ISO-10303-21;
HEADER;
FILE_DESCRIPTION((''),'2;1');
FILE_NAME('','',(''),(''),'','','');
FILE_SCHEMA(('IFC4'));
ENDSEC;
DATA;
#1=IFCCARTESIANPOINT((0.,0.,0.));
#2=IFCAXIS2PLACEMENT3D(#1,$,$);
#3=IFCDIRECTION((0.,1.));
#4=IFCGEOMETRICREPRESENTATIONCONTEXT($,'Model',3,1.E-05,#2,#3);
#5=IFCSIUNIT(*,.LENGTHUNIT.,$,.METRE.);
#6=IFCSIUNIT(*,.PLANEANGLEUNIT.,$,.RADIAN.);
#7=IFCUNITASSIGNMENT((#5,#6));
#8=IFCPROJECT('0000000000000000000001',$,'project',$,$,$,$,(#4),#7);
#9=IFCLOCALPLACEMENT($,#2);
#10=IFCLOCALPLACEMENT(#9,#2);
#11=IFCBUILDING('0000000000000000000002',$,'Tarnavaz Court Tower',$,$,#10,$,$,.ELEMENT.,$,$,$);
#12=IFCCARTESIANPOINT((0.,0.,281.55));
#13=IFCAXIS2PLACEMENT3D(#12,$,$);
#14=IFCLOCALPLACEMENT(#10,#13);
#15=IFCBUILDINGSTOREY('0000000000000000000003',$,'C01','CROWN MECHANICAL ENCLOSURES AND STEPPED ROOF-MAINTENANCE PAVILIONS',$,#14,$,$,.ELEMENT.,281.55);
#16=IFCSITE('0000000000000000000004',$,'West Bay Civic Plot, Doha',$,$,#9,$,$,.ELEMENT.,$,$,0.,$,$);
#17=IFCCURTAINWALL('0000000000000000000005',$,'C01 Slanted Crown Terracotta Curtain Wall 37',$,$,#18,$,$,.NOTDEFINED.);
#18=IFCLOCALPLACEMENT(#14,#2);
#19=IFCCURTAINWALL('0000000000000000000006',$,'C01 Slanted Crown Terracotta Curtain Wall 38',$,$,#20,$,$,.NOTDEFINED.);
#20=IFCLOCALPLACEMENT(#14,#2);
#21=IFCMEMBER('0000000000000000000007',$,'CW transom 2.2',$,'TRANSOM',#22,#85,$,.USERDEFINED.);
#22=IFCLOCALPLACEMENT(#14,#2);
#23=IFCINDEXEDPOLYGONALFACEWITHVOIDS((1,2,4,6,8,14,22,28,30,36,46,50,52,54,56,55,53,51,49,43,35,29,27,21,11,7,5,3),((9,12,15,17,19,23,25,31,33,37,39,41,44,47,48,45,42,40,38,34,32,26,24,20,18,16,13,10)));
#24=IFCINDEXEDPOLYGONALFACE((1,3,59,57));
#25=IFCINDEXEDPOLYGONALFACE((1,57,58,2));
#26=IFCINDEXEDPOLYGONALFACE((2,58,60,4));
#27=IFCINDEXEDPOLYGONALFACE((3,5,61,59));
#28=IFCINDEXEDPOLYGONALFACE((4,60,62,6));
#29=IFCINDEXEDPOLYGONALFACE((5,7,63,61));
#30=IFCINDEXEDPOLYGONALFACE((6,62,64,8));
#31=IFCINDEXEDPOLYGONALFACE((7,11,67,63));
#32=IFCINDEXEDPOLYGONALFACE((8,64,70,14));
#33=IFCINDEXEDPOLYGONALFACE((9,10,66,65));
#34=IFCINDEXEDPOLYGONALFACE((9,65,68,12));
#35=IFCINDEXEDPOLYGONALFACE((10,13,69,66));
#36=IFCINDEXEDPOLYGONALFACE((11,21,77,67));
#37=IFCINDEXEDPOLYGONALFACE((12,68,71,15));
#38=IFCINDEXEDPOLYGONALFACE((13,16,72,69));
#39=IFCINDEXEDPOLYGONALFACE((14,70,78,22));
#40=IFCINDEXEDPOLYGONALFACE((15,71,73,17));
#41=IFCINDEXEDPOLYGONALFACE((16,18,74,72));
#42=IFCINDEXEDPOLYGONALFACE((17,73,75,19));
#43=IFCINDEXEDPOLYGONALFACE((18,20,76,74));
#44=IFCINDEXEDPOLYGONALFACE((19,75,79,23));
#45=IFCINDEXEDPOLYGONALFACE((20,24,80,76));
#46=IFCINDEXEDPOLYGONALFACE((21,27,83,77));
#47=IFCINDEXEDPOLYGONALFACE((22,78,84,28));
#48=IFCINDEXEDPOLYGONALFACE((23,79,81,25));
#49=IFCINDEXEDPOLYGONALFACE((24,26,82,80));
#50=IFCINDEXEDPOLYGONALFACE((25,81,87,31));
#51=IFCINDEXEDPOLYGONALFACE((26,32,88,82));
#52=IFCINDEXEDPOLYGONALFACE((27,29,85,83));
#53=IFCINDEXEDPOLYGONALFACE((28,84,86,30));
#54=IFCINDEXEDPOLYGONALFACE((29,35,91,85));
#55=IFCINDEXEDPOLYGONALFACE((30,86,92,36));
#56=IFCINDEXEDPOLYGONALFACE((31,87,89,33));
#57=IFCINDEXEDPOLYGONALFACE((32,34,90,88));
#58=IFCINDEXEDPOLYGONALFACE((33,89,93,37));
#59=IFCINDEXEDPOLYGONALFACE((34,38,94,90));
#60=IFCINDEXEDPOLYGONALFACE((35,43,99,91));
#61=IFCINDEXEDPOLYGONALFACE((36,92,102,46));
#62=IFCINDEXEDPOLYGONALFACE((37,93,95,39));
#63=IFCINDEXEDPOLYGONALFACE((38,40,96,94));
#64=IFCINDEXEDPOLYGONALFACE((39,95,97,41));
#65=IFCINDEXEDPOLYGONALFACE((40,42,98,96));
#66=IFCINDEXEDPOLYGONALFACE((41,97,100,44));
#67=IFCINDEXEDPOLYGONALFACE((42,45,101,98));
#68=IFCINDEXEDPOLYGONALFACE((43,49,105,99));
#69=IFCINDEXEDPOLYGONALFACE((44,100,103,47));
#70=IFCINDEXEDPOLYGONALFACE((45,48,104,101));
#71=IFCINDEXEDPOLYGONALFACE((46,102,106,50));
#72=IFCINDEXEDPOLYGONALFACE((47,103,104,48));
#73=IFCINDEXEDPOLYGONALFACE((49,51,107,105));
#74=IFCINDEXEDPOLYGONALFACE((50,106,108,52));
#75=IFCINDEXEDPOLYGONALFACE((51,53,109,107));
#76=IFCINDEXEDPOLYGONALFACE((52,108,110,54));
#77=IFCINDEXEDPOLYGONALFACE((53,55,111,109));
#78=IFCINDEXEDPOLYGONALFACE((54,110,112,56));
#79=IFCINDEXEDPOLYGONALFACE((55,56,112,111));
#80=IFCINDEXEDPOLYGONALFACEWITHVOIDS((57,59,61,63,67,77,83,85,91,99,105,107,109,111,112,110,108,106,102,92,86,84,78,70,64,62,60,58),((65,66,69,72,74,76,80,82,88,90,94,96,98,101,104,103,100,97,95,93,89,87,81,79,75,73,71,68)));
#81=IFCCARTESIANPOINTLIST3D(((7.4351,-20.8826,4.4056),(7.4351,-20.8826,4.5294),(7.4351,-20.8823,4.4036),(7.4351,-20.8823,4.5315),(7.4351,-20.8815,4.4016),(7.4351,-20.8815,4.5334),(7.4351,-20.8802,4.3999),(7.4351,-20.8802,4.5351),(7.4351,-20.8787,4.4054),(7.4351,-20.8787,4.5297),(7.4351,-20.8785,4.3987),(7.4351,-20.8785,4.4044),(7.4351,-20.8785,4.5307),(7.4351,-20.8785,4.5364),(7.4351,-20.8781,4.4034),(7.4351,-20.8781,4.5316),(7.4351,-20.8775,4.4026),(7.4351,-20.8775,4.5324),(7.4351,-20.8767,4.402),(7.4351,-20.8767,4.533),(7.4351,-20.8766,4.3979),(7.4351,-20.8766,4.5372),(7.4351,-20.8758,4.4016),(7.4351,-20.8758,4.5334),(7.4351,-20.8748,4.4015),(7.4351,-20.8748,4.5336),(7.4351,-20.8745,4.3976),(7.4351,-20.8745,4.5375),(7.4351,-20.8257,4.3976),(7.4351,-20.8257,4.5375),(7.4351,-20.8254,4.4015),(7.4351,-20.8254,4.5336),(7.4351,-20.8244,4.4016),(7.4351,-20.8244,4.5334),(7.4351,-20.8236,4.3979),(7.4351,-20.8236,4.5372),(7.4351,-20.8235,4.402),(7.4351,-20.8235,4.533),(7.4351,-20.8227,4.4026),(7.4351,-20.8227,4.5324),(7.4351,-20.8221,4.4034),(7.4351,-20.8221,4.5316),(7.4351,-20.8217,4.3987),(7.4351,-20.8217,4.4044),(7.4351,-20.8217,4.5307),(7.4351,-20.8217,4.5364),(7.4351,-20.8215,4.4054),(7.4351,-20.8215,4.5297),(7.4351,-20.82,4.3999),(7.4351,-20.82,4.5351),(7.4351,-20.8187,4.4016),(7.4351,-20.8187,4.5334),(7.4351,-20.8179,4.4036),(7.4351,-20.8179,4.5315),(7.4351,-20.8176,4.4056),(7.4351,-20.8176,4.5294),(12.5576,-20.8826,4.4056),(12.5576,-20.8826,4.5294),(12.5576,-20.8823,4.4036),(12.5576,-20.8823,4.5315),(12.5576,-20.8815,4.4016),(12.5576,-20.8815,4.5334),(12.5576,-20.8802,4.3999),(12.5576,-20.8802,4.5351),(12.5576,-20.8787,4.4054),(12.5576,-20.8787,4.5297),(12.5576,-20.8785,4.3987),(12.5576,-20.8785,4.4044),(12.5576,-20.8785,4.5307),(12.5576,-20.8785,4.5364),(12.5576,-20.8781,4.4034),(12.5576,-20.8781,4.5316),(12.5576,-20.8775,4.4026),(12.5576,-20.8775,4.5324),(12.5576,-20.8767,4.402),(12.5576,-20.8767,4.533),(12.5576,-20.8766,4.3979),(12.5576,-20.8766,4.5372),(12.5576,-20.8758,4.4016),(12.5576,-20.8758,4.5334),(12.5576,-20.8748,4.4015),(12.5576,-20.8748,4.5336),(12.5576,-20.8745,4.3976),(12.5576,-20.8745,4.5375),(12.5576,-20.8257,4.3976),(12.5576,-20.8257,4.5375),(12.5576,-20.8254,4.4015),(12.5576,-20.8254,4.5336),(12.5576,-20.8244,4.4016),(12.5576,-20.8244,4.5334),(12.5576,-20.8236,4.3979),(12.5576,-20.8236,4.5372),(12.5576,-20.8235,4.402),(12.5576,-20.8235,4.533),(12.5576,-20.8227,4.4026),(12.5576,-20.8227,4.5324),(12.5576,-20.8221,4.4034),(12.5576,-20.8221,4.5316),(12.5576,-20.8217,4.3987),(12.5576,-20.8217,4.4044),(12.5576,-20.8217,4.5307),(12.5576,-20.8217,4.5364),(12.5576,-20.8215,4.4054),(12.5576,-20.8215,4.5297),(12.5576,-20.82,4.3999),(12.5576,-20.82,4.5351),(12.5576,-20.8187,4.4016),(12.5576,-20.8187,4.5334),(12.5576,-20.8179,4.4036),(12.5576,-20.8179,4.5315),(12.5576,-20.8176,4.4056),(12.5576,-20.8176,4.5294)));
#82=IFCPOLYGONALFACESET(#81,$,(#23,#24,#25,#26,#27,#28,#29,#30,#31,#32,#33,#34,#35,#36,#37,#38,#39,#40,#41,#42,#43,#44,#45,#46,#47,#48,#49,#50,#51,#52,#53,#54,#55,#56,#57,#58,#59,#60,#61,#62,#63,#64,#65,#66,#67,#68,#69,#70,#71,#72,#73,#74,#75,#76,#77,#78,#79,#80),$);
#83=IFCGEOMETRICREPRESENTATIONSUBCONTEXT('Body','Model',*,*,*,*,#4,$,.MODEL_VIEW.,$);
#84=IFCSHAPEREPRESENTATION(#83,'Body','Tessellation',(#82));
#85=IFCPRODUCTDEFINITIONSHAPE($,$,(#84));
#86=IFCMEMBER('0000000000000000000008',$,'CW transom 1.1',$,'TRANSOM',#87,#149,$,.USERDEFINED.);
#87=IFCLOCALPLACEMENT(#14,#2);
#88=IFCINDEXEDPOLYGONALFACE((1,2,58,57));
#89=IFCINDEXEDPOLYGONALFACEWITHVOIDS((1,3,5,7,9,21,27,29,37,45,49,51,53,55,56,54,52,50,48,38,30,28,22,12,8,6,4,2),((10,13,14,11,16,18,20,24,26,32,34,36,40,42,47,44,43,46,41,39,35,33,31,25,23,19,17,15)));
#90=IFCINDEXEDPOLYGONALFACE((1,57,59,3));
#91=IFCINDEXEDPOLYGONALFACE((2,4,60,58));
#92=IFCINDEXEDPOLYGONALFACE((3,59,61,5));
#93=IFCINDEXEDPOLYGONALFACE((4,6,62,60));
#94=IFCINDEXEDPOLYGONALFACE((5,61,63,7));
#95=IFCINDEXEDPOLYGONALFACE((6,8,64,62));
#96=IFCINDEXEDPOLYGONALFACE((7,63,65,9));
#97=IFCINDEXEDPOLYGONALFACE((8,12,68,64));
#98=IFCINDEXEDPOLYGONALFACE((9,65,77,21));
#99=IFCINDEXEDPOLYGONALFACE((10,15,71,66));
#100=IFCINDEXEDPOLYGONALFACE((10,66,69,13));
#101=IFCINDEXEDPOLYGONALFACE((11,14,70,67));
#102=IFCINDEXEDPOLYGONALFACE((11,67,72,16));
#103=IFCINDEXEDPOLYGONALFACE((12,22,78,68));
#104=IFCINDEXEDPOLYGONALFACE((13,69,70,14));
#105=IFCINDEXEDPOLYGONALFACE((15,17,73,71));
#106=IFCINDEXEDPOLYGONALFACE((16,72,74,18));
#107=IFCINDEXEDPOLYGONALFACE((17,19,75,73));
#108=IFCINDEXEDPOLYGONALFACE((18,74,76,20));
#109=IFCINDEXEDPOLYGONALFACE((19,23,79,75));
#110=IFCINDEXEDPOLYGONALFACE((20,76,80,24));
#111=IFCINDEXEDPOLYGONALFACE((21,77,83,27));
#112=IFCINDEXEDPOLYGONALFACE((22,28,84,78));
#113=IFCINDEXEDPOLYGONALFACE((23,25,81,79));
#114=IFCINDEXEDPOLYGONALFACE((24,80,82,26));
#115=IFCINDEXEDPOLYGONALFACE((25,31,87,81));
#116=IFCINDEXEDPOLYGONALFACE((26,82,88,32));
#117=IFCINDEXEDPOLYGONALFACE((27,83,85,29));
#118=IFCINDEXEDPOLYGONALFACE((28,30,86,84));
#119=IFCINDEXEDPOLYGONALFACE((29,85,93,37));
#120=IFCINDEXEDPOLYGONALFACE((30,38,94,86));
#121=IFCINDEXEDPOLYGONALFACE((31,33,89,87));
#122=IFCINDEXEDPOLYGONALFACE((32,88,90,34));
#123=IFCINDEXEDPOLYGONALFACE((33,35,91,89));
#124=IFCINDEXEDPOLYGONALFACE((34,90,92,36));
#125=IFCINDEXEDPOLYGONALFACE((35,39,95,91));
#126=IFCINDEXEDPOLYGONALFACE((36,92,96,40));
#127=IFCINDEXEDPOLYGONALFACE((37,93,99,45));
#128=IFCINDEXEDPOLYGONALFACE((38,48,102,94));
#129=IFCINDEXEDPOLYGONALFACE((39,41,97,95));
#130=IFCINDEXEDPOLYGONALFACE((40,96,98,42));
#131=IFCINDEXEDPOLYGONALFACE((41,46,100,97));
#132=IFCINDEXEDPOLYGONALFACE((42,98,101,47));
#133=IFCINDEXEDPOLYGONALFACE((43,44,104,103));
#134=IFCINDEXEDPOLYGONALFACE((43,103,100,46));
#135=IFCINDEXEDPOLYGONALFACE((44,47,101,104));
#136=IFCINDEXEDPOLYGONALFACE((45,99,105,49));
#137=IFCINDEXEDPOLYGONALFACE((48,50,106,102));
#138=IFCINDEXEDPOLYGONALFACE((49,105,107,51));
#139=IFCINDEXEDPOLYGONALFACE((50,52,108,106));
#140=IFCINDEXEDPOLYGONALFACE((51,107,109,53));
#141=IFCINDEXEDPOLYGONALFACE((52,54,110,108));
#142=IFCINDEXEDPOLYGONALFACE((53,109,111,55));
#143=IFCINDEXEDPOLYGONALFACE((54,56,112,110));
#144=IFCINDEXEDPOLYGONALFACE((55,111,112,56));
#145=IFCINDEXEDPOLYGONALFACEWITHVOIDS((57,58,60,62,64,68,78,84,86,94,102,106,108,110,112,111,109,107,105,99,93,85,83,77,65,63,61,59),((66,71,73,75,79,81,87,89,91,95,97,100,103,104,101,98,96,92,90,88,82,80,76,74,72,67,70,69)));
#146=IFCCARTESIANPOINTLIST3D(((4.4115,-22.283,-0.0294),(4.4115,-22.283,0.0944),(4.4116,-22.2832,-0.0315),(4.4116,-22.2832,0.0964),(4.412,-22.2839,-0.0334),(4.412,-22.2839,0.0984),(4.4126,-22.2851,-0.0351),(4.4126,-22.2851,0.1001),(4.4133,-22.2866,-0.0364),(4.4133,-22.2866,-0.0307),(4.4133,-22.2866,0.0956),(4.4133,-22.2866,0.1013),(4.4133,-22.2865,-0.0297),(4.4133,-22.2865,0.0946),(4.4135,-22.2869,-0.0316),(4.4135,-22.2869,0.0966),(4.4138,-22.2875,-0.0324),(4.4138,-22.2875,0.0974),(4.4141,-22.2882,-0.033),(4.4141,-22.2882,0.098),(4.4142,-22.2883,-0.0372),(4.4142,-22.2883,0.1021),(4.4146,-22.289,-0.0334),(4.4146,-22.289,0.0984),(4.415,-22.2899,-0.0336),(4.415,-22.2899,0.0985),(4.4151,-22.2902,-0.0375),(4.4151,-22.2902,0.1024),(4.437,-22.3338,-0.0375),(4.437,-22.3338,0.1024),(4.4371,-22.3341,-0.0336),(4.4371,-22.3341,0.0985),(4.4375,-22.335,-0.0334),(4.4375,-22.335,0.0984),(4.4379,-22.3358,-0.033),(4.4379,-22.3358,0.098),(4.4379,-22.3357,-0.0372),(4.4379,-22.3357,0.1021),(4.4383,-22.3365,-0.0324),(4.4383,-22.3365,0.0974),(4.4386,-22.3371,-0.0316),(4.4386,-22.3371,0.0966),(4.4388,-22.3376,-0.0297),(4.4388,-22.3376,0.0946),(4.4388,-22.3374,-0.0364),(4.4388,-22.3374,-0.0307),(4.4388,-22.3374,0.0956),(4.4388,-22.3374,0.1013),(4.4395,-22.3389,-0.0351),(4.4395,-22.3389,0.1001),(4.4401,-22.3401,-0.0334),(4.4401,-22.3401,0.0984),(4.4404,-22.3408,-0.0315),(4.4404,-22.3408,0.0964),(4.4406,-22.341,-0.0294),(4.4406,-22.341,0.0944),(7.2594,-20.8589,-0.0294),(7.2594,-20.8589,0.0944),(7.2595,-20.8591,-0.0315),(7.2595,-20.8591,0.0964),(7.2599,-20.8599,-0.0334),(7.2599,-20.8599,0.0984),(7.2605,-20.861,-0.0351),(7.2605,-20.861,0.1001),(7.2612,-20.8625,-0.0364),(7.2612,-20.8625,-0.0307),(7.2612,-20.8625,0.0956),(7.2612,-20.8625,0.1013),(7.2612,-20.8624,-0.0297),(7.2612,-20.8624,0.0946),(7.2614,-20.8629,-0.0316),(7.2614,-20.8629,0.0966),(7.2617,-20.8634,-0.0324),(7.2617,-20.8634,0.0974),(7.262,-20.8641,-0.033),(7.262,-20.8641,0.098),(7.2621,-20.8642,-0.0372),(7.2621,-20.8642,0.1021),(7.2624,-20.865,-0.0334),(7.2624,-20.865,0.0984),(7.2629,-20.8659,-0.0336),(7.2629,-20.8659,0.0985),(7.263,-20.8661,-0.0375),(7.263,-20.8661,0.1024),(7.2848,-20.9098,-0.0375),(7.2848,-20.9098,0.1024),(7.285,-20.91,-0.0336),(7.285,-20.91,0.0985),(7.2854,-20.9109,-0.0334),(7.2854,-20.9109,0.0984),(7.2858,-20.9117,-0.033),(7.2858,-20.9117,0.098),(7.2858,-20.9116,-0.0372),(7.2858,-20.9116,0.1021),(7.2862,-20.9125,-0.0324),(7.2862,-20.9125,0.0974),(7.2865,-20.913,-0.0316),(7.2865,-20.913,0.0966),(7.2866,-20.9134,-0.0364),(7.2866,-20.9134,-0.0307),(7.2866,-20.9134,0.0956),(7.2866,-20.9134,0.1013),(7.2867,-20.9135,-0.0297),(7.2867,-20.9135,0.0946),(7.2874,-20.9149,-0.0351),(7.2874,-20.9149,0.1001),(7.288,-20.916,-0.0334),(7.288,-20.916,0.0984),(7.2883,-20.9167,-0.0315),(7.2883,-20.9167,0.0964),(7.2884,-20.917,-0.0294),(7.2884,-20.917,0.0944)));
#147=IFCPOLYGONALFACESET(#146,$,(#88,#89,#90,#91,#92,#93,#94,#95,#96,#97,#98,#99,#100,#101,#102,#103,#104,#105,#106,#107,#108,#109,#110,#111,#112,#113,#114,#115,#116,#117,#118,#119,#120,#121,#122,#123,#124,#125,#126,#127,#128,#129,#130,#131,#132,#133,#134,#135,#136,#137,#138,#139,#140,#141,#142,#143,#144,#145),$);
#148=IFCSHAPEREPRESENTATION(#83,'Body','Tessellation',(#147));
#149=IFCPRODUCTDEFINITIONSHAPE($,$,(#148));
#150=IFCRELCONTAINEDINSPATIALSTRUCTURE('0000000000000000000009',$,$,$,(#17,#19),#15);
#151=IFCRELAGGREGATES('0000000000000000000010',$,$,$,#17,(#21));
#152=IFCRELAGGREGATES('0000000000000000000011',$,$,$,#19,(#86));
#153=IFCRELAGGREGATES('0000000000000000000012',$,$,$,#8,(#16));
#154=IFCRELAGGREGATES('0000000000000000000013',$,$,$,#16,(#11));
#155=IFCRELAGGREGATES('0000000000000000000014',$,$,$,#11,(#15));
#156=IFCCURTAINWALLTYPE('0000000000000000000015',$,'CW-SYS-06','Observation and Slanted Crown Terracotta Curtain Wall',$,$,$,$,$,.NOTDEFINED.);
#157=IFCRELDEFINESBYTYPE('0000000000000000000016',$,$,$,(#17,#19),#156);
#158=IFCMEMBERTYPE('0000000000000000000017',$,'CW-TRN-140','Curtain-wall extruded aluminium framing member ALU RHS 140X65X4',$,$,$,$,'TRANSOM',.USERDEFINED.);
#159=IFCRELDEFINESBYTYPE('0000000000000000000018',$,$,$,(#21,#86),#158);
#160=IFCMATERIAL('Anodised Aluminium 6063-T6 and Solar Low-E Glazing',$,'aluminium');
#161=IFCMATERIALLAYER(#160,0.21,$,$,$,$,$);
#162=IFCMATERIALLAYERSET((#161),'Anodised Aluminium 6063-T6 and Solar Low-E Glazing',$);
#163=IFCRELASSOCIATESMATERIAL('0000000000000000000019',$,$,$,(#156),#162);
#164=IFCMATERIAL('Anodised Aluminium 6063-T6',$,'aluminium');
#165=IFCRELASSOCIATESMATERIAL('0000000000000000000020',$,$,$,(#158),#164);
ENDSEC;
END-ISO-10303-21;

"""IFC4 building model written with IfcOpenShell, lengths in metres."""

from ifc_helpers import new_model, si_unit, direction, frame, origin, origin_2d, place, context, subcontext, project, spatial, hollow_rectangle, extrude, material, layer, layer_set, material_profile, profile_set, type_object, element, aggregate, save


model = new_model("IFC4")

# Units and contexts
model_context = context("Model", 3, precision=1e-05, world=origin(), true_north=direction((0.0, 1.0)))
body_context = subcontext(model_context, "Body", "Model", "MODEL_VIEW")
ifc_project = project(units=[si_unit("LENGTHUNIT", "METRE"), si_unit("PLANEANGLEUNIT", "RADIAN")], contexts=[model_context])

# Site, building, storey
site_placement = place(None, origin())
site = spatial("IfcSite", under=ifc_project, at=site_placement, Name="West Bay Civic Plot, Doha", CompositionType="ELEMENT", RefElevation=0.0)
building_placement = place(site_placement, origin())
building = spatial("IfcBuilding", under=site, at=building_placement, Name="Tarnavaz Court Tower", CompositionType="ELEMENT")
storey_placement = place(building_placement, frame((0.0, 0.0, 281.55)))
storey = spatial("IfcBuildingStorey", under=building, at=storey_placement, Name="C01", Description="CROWN MECHANICAL ENCLOSURES AND STEPPED ROOF-MAINTENANCE PAVILIONS", CompositionType="ELEMENT", Elevation=281.55)

# Shared definitions
ifc_material_1 = material(Name="Anodised Aluminium 6063-T6 and Solar Low-E Glazing", Category="aluminium")
ifc_layer_1 = layer(ifc_material_1, 0.21)
ifc_layer_set_1 = layer_set([ifc_layer_1], Name="Anodised Aluminium 6063-T6 and Solar Low-E Glazing")
curtain_wall_type = type_object("IfcCurtainWallType", Name="CW-SYS-06", Description="Observation and Slanted Crown Terracotta Curtain Wall", PredefinedType="NOTDEFINED", material=ifc_layer_set_1)
ifc_material_2 = material(Name="Anodised Aluminium 6063-T6", Category="aluminium")

# Curtain walls
curtain_wall_1_placement = place(storey_placement, origin())
curtain_wall_1 = element("IfcCurtainWall", 1, at=curtain_wall_1_placement, inside=storey, type_object=curtain_wall_type, Name="C01 Slanted Crown Terracotta Curtain Wall 37", PredefinedType="NOTDEFINED")
curtain_wall_2_placement = place(storey_placement, origin())
curtain_wall_2 = element("IfcCurtainWall", 2, at=curtain_wall_2_placement, inside=storey, type_object=curtain_wall_type, Name="C01 Slanted Crown Terracotta Curtain Wall 38", PredefinedType="NOTDEFINED")

# Members
ifc_material_profile_1 = material_profile(ifc_material_2, hollow_rectangle(XDim=0.0649, YDim=0.1399, WallThickness=0.0039, InnerFilletRadius=0.0039, OuterFilletRadius=0.0081, at=origin_2d()), Name="ALU RHS 140X65X4")
ifc_profile_set_1 = profile_set([ifc_material_profile_1], Name="Anodised Aluminium 6063-T6")
member_type_1 = type_object("IfcMemberType", Name="CW-TRN-140", Description="Curtain-wall extruded aluminium framing member ALU RHS 140X65X4", ElementType="TRANSOM", PredefinedType="USERDEFINED", material=ifc_profile_set_1)
member_1_placement = place(storey_placement, frame((12.5576, -20.8501, 4.4675), z_axis=(-1.0, 0.0, 0.0), x_axis=(0.0, -1.0, 0.0)))
member_1 = element("IfcMember", 3, at=member_1_placement, type_object=member_type_1, Name="CW transom 2.2", ObjectType="TRANSOM", PredefinedType="USERDEFINED", context=body_context, shape_type="SweptSolid", body=[
    extrude(hollow_rectangle(XDim=0.0649, YDim=0.1399, WallThickness=0.0039, InnerFilletRadius=0.0039, OuterFilletRadius=0.0081, at=origin_2d()), origin(), (0.0, 0.0, 1.0), 5.1226),
])
member_2_placement = place(storey_placement, frame((7.2739, -20.8879, 0.0325), z_axis=(-0.894412, -0.447244, 0.0), x_axis=(0.447244, -0.894412, 0.0)))
member_2 = element("IfcMember", 4, at=member_2_placement, type_object=member_type_1, Name="CW transom 1.1", ObjectType="TRANSOM", PredefinedType="USERDEFINED", context=body_context, shape_type="SweptSolid", body=[
    extrude(hollow_rectangle(XDim=0.0649, YDim=0.1399, WallThickness=0.0039, InnerFilletRadius=0.0039, OuterFilletRadius=0.0081, at=origin_2d()), origin(), (0.0, 0.0, 1.0), 3.1841),
])

aggregate(curtain_wall_1, [member_1])
aggregate(curtain_wall_2, [member_2])

save(model, "model.ifc")
